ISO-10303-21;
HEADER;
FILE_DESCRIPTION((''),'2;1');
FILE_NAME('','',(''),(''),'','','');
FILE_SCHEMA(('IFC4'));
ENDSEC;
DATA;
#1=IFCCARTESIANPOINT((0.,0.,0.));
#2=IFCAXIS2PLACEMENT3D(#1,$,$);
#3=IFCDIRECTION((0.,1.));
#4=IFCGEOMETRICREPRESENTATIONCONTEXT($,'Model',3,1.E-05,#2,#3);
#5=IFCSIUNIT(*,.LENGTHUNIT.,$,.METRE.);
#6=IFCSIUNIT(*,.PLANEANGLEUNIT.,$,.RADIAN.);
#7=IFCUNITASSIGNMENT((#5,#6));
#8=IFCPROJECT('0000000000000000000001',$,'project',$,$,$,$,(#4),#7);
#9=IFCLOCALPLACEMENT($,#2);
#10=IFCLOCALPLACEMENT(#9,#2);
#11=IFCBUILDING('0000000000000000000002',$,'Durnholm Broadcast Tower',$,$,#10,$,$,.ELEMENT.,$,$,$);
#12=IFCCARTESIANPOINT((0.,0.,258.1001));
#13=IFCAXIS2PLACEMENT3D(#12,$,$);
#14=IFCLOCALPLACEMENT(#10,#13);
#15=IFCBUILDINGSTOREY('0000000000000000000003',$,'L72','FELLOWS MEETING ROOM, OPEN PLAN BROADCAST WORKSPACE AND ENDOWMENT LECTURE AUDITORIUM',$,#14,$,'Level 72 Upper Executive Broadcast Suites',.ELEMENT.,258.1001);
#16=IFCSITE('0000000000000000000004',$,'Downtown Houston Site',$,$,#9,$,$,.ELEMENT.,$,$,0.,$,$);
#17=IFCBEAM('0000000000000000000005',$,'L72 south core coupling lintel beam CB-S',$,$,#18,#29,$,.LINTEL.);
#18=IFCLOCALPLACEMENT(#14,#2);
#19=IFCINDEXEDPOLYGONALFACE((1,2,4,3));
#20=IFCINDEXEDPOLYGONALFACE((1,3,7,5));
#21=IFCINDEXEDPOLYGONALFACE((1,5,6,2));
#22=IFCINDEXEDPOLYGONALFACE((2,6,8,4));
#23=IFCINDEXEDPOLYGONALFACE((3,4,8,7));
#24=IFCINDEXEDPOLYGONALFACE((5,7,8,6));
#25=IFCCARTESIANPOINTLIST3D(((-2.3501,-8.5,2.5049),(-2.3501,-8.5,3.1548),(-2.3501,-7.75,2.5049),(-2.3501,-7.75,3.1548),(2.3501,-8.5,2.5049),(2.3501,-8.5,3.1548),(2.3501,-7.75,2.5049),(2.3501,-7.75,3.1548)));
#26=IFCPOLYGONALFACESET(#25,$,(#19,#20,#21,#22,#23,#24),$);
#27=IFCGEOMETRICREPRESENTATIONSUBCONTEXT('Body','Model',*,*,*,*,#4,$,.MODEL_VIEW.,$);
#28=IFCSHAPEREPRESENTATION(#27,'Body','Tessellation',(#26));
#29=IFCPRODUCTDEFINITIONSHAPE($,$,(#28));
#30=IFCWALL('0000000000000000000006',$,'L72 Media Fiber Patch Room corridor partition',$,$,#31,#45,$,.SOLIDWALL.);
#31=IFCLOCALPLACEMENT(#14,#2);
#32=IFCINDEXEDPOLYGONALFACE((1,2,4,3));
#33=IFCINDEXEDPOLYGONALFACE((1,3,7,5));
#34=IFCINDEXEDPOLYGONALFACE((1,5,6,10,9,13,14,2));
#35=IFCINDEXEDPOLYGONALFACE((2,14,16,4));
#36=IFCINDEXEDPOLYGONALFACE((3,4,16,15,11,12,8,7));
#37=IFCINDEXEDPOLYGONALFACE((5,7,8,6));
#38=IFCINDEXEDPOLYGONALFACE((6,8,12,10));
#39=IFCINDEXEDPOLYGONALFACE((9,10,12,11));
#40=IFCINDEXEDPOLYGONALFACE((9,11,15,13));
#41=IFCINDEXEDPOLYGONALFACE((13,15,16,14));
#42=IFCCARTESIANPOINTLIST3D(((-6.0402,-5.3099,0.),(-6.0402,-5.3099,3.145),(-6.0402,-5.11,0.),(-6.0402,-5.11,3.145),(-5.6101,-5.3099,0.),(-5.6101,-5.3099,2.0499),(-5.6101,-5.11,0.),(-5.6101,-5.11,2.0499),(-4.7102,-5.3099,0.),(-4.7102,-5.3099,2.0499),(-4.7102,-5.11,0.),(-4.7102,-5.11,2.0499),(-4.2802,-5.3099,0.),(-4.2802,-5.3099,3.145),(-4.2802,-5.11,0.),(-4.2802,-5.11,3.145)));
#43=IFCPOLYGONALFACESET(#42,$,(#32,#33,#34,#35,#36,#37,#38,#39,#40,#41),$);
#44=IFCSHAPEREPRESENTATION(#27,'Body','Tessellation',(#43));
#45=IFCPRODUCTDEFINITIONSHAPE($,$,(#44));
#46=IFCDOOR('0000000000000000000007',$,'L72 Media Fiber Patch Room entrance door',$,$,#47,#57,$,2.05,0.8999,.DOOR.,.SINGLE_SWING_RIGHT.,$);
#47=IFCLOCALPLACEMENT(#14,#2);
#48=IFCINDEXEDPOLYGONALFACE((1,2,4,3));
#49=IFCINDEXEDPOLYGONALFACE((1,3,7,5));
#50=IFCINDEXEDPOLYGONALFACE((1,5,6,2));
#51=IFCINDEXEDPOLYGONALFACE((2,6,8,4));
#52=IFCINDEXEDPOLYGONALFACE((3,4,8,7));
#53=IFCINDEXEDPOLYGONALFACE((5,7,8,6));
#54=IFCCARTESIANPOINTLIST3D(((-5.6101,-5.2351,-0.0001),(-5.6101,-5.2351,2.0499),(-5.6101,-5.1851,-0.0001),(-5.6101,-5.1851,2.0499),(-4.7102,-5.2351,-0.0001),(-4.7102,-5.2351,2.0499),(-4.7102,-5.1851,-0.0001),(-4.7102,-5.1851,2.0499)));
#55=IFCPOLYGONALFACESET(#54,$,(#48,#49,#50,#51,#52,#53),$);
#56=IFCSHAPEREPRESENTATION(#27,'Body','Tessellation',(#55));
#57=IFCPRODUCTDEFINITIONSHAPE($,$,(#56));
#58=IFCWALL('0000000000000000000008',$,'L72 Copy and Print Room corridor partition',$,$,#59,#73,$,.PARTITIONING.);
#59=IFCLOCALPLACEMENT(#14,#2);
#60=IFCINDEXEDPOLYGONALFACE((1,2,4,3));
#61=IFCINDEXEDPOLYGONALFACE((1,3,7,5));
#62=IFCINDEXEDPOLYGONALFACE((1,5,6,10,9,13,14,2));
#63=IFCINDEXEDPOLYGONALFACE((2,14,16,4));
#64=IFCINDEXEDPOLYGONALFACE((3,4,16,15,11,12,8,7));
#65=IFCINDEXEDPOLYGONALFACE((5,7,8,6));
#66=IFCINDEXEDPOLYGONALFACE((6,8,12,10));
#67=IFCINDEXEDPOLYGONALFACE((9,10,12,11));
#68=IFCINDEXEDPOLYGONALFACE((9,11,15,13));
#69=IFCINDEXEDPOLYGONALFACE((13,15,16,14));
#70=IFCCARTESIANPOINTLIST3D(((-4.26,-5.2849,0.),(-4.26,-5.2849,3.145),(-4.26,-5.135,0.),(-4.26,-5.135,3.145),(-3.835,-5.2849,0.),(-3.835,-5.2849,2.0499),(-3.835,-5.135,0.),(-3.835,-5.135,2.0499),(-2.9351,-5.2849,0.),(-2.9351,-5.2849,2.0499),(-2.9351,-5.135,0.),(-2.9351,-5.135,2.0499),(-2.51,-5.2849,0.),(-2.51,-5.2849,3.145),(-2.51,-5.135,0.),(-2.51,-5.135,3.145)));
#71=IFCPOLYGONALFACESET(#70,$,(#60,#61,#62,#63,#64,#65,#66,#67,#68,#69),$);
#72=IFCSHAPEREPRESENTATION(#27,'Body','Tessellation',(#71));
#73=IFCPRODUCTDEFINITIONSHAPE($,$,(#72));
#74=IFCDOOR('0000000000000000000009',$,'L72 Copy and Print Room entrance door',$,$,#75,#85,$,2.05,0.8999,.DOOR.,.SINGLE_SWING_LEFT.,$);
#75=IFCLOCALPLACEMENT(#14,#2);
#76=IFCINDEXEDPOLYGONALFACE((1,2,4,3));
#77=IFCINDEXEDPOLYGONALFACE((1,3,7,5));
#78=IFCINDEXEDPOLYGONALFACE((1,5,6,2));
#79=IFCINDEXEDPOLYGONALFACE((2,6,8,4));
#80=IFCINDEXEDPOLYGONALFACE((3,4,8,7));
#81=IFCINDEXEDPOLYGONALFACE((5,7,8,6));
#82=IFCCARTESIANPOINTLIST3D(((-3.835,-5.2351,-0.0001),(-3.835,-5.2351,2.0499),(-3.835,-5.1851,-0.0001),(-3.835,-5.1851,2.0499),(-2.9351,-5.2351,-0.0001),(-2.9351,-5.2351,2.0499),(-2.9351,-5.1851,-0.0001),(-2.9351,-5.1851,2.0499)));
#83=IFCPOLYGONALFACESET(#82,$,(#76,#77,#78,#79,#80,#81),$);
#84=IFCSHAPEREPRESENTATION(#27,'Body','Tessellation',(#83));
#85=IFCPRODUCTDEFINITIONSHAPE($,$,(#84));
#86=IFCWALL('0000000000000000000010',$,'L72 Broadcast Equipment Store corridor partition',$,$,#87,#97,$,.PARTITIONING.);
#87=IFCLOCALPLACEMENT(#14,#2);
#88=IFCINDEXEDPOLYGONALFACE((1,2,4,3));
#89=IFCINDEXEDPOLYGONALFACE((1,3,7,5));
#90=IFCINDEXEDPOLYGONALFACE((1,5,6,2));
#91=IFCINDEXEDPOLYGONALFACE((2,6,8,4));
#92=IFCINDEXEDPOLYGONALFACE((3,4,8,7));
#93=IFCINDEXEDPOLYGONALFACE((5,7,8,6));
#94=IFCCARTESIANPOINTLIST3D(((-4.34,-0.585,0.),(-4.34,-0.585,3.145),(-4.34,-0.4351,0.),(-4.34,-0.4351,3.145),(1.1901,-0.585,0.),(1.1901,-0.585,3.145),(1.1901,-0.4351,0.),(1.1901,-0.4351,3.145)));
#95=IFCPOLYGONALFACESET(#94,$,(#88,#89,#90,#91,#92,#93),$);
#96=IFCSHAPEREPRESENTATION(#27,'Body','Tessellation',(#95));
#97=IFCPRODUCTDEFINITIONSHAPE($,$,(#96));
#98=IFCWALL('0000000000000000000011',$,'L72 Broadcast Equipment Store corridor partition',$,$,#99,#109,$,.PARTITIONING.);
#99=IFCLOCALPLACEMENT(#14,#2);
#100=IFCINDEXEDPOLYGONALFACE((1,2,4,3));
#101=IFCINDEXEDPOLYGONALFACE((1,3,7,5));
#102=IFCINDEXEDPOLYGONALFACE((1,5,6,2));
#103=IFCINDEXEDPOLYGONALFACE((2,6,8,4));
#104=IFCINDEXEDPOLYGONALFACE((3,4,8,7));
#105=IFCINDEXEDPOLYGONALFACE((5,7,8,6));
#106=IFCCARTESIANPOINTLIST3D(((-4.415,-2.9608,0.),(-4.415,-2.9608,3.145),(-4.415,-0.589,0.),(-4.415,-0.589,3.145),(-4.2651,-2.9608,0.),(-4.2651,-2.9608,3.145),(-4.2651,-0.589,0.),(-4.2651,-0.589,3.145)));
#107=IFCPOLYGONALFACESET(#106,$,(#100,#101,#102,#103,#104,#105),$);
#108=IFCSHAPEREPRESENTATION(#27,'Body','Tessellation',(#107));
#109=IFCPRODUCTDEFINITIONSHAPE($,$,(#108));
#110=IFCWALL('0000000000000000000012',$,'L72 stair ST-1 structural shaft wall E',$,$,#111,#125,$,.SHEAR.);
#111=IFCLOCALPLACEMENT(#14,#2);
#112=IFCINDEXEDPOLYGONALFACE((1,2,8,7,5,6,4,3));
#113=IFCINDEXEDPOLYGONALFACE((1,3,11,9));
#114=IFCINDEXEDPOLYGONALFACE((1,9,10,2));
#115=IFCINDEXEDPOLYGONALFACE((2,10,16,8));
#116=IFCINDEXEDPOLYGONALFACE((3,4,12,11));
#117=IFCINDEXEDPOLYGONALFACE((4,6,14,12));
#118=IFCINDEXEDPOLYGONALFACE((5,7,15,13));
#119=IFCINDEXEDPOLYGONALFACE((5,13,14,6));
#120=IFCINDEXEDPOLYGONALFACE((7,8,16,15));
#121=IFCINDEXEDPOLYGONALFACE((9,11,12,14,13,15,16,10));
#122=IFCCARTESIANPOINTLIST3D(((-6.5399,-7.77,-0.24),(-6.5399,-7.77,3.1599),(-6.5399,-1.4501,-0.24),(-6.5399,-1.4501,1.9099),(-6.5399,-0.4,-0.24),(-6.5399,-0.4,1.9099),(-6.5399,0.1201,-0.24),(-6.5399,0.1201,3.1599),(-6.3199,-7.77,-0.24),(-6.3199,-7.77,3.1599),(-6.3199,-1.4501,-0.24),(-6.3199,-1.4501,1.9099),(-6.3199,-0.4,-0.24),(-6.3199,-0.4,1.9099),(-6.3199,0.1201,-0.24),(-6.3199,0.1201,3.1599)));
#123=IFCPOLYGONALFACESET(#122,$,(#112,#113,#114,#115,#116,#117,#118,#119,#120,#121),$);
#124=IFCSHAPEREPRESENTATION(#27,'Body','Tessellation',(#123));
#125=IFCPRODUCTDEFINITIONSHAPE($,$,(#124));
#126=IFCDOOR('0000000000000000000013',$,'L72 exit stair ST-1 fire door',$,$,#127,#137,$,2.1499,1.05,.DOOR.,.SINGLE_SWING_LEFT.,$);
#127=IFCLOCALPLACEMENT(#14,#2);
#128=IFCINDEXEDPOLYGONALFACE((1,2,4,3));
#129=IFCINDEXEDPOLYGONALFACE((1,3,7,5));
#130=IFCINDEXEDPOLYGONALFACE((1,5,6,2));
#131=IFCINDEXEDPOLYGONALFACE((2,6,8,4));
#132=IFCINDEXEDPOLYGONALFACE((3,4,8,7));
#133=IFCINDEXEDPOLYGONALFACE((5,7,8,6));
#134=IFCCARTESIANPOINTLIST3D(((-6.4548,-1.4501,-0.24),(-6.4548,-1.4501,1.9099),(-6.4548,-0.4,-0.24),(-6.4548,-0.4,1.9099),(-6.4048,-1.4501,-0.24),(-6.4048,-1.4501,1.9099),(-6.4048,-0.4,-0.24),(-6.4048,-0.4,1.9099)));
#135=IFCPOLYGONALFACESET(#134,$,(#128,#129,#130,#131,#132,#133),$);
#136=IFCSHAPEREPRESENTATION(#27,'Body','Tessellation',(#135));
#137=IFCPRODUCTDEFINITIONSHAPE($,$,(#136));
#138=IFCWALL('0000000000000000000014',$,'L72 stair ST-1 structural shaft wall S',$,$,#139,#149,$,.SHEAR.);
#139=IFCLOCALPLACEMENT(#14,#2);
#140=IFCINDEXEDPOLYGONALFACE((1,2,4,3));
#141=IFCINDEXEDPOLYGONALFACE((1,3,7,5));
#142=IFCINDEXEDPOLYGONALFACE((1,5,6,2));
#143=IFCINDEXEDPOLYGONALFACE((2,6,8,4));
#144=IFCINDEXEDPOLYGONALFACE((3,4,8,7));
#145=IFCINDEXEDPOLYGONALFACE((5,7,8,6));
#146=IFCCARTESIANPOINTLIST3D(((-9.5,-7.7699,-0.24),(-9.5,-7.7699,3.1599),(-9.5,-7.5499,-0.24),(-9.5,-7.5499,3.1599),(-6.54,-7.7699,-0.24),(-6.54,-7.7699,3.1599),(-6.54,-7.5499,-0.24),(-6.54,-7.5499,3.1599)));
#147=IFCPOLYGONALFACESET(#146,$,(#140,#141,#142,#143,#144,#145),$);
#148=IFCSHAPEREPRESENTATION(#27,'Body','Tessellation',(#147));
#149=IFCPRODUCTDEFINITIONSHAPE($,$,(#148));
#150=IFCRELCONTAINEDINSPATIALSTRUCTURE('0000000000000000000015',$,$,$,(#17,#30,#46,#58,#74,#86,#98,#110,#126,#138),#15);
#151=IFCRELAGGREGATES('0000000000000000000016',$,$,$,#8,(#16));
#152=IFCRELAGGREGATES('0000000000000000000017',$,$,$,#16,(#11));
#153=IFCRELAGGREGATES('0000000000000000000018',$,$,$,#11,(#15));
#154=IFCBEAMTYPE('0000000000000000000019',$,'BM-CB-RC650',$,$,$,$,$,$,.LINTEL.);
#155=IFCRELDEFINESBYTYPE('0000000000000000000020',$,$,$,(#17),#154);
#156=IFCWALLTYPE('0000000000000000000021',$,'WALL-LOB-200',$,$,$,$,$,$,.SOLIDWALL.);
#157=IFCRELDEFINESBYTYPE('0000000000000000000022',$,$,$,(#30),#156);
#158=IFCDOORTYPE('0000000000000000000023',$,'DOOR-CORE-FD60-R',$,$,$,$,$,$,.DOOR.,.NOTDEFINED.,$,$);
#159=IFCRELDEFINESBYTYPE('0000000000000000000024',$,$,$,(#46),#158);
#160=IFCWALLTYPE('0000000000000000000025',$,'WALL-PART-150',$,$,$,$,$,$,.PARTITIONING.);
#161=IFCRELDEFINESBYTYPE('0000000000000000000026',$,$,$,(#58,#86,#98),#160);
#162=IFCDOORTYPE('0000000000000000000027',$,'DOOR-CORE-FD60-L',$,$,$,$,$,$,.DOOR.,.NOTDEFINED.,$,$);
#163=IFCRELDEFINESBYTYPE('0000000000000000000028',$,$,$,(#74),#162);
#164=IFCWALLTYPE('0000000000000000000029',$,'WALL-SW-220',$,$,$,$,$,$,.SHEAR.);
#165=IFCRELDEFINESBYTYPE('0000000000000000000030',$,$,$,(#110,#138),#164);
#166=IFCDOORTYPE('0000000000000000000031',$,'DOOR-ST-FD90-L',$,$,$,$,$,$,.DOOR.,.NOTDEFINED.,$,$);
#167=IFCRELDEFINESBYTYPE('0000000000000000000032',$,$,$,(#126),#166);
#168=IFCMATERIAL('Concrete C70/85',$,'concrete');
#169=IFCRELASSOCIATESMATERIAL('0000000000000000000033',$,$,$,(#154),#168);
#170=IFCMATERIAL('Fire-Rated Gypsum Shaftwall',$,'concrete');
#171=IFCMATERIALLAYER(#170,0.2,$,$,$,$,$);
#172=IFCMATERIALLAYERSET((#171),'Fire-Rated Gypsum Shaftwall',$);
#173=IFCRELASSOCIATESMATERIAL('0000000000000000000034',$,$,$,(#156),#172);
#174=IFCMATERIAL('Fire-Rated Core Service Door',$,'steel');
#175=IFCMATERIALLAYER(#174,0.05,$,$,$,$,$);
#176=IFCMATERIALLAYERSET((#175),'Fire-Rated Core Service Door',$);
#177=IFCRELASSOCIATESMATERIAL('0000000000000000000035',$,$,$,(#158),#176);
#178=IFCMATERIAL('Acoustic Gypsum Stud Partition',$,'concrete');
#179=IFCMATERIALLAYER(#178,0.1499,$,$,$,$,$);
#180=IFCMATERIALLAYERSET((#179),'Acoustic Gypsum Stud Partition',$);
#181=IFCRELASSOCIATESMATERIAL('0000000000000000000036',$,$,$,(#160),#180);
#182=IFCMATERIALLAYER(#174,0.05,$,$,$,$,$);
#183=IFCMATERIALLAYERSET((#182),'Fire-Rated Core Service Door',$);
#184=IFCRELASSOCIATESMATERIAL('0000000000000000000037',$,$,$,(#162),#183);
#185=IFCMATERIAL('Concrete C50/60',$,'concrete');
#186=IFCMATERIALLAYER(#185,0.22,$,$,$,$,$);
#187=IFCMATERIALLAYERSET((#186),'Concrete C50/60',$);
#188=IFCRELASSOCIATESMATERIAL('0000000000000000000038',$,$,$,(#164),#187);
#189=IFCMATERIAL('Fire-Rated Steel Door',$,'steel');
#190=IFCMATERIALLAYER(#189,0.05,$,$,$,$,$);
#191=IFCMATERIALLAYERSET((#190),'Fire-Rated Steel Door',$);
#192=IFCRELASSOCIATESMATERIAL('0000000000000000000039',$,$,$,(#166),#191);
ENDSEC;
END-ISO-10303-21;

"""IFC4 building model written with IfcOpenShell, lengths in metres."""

from ifc_helpers import new_model, si_unit, direction, frame, frame_2d, origin, origin_2d, place, context, subcontext, project, spatial, rectangle, extrude, source, transform, mapped, material, layer, layer_set, material_profile, profile_set, type_object, type_shapes, element, fill, save


model = new_model("IFC4")

# Units and contexts
model_context = context("Model", 3, precision=1e-05, world=origin(), true_north=direction((0.0, 1.0)))
body_context = subcontext(model_context, "Body", "Model", "MODEL_VIEW")
ifc_project = project(units=[si_unit("LENGTHUNIT", "METRE"), si_unit("PLANEANGLEUNIT", "RADIAN")], contexts=[model_context])

# Site, building, storey
site_placement = place(None, origin())
site = spatial("IfcSite", under=ifc_project, at=site_placement, Name="Downtown Houston Site", CompositionType="ELEMENT", RefElevation=0.0)
building_placement = place(site_placement, origin())
building = spatial("IfcBuilding", under=site, at=building_placement, Name="Durnholm Broadcast Tower", CompositionType="ELEMENT")
storey_placement = place(building_placement, frame((0.0, 0.0, 258.1001)))
storey = spatial("IfcBuildingStorey", under=building, at=storey_placement, Name="L72", Description="FELLOWS MEETING ROOM, OPEN PLAN BROADCAST WORKSPACE AND ENDOWMENT LECTURE AUDITORIUM", LongName="Level 72 Upper Executive Broadcast Suites", CompositionType="ELEMENT", Elevation=258.1001)

# Beam
ifc_material_1 = material(Name="Concrete C70/85", Category="concrete")
ifc_material_profile = material_profile(ifc_material_1, rectangle(XDim=0.75, YDim=0.6499, at=origin_2d()), Name="RC750X650")
ifc_profile_set = profile_set([ifc_material_profile], Name="Concrete C70/85")
beam_type = type_object("IfcBeamType", Name="BM-CB-RC650", PredefinedType="LINTEL", material=ifc_profile_set)
shared_shape_1 = source(origin(), body_context, "Body", "SweptSolid", [
    extrude(rectangle(XDim=0.75, YDim=0.6499, at=origin_2d()), origin(), (0.0, 0.0, 1.0), 4.7002),
])
type_shapes(beam_type, [shared_shape_1])
beam_placement = place(storey_placement, frame((-2.3501, -8.125, 2.8298), z_axis=(1.0, 0.0, 0.0), x_axis=(0.0, 1.0, 0.0)))
element("IfcBeam", 1, at=beam_placement, inside=storey, type_object=beam_type, Name="L72 south core coupling lintel beam CB-S", PredefinedType="LINTEL", context=body_context, shape_type="MappedRepresentation", body=[
    mapped(shared_shape_1, transform((0.0, 0.0, 0.0), x_axis=(1.0, 0.0, 0.0), y_axis=(0.0, 1.0, 0.0), z_axis=(0.0, 0.0, 1.0), scale=1.0)),
])

# Walls, openings, doors
ifc_material_2 = material(Name="Fire-Rated Gypsum Shaftwall", Category="concrete")
ifc_layer_1 = layer(ifc_material_2, 0.2)
ifc_layer_set_1 = layer_set([ifc_layer_1], Name="Fire-Rated Gypsum Shaftwall")
wall_type_1 = type_object("IfcWallType", Name="WALL-LOB-200", PredefinedType="SOLIDWALL", material=ifc_layer_set_1)
wall_1_placement = place(storey_placement, frame((-6.04, -5.21, 0.0), z_axis=(0.0, 0.0, 1.0), x_axis=(1.0, 0.0, 0.0)))
wall_1 = element("IfcWall", 2, at=wall_1_placement, inside=storey, type_object=wall_type_1, Name="L72 Media Fiber Patch Room corridor partition", PredefinedType="SOLIDWALL", context=body_context, shape_type="SweptSolid", body=[
    extrude(rectangle(XDim=1.76, YDim=0.2, at=frame_2d((0.8799, 0.0))), origin(), (0.0, 0.0, 1.0), 3.145),
])
opening_1_placement = place(wall_1_placement, frame((0.4299, 0.0, 0.0)))
opening_1 = element("IfcOpeningElement", 3, at=opening_1_placement, cuts=wall_1, PredefinedType="OPENING", context=body_context, shape_type="SweptSolid", body=[
    extrude(rectangle(XDim=0.8999, YDim=2.05, at=frame_2d((0.45, 1.0249))), frame((0.0, 0.1099, 0.0), z_axis=(0.0, -1.0, 0.0), x_axis=(1.0, 0.0, 0.0)), (0.0, 0.0, 1.0), 0.22),
])
ifc_material_3 = material(Name="Fire-Rated Core Service Door", Category="steel")
ifc_layer_2 = layer(ifc_material_3, 0.05)
ifc_layer_set_2 = layer_set([ifc_layer_2], Name="Fire-Rated Core Service Door")
door_type_1 = type_object("IfcDoorType", Name="DOOR-CORE-FD60-R", OperationType="NOTDEFINED", PredefinedType="DOOR", material=ifc_layer_set_2)
shared_shape_2 = source(origin(), body_context, "Body", "SweptSolid", [
    extrude(rectangle(XDim=0.8999, YDim=2.05, at=frame_2d((0.45, 1.0249))), frame((0.0, 0.0249, 0.0), z_axis=(0.0, -1.0, 0.0), x_axis=(1.0, 0.0, 0.0)), (0.0, 0.0, 1.0), 0.05),
])
type_shapes(door_type_1, [shared_shape_2])
door_1_placement = place(opening_1_placement, origin())
door_1 = element("IfcDoor", 4, at=door_1_placement, inside=storey, type_object=door_type_1, Name="L72 Media Fiber Patch Room entrance door", OperationType="SINGLE_SWING_RIGHT", OverallHeight=2.05, OverallWidth=0.8999, PredefinedType="DOOR", context=body_context, shape_type="MappedRepresentation", body=[
    mapped(shared_shape_2, transform((0.0, 0.0, 0.0), x_axis=(1.0, 0.0, 0.0), y_axis=(0.0, 1.0, 0.0), z_axis=(0.0, 0.0, 1.0), scale=1.0)),
])
fill(opening_1, door_1)
ifc_material_4 = material(Name="Acoustic Gypsum Stud Partition", Category="concrete")
ifc_layer_3 = layer(ifc_material_4, 0.1499)
ifc_layer_set_3 = layer_set([ifc_layer_3], Name="Acoustic Gypsum Stud Partition")
wall_type_2 = type_object("IfcWallType", Name="WALL-PART-150", PredefinedType="PARTITIONING", material=ifc_layer_set_3)
wall_2_placement = place(storey_placement, frame((-4.26, -5.21, 0.0), z_axis=(0.0, 0.0, 1.0), x_axis=(1.0, 0.0, 0.0)))
wall_2 = element("IfcWall", 5, at=wall_2_placement, inside=storey, type_object=wall_type_2, Name="L72 Copy and Print Room corridor partition", PredefinedType="PARTITIONING", context=body_context, shape_type="SweptSolid", body=[
    extrude(rectangle(XDim=1.75, YDim=0.1499, at=frame_2d((0.875, 0.0))), origin(), (0.0, 0.0, 1.0), 3.145),
])
opening_2_placement = place(wall_2_placement, frame((0.425, 0.0, 0.0)))
opening_2 = element("IfcOpeningElement", 6, at=opening_2_placement, cuts=wall_2, PredefinedType="OPENING", context=body_context, shape_type="SweptSolid", body=[
    extrude(rectangle(XDim=0.8999, YDim=2.05, at=frame_2d((0.45, 1.0249))), frame((0.0, 0.085, 0.0), z_axis=(0.0, -1.0, 0.0), x_axis=(1.0, 0.0, 0.0)), (0.0, 0.0, 1.0), 0.1699),
])
ifc_layer_4 = layer(ifc_material_3, 0.05)
ifc_layer_set_4 = layer_set([ifc_layer_4], Name="Fire-Rated Core Service Door")
door_type_2 = type_object("IfcDoorType", Name="DOOR-CORE-FD60-L", OperationType="NOTDEFINED", PredefinedType="DOOR", material=ifc_layer_set_4)
shared_shape_3 = source(origin(), body_context, "Body", "SweptSolid", [
    extrude(rectangle(XDim=0.8999, YDim=2.05, at=frame_2d((0.45, 1.0249))), frame((0.0, 0.0249, 0.0), z_axis=(0.0, -1.0, 0.0), x_axis=(1.0, 0.0, 0.0)), (0.0, 0.0, 1.0), 0.05),
])
type_shapes(door_type_2, [shared_shape_3])
door_2_placement = place(opening_2_placement, origin())
door_2 = element("IfcDoor", 7, at=door_2_placement, inside=storey, type_object=door_type_2, Name="L72 Copy and Print Room entrance door", OperationType="SINGLE_SWING_LEFT", OverallHeight=2.05, OverallWidth=0.8999, PredefinedType="DOOR", context=body_context, shape_type="MappedRepresentation", body=[
    mapped(shared_shape_3, transform((0.0, 0.0, 0.0), x_axis=(1.0, 0.0, 0.0), y_axis=(0.0, 1.0, 0.0), z_axis=(0.0, 0.0, 1.0), scale=1.0)),
])
fill(opening_2, door_2)

# Walls
wall_3_placement = place(storey_placement, frame((-4.3401, -0.51, 0.0), z_axis=(0.0, 0.0, 1.0), x_axis=(1.0, 0.0, 0.0)))
element("IfcWall", 8, at=wall_3_placement, inside=storey, type_object=wall_type_2, Name="L72 Broadcast Equipment Store corridor partition", PredefinedType="PARTITIONING", context=body_context, shape_type="SweptSolid", body=[
    extrude(rectangle(XDim=5.53, YDim=0.1499, at=frame_2d((2.7651, 0.0))), origin(), (0.0, 0.0, 1.0), 3.145),
])
wall_4_placement = place(storey_placement, frame((-4.3401, -2.9609, 0.0), z_axis=(0.0, 0.0, 1.0), x_axis=(0.0, 1.0, 0.0)))
element("IfcWall", 9, at=wall_4_placement, inside=storey, type_object=wall_type_2, Name="L72 Broadcast Equipment Store corridor partition", PredefinedType="PARTITIONING", context=body_context, shape_type="SweptSolid", body=[
    extrude(rectangle(XDim=2.3718, YDim=0.1499, at=frame_2d((1.186, 0.0))), origin(), (0.0, 0.0, 1.0), 3.145),
])

# Wall, opening, door
ifc_material_5 = material(Name="Concrete C50/60", Category="concrete")
ifc_layer_5 = layer(ifc_material_5, 0.22)
ifc_layer_set_5 = layer_set([ifc_layer_5], Name="Concrete C50/60")
wall_type_3 = type_object("IfcWallType", Name="WALL-SW-220", PredefinedType="SHEAR", material=ifc_layer_set_5)
wall_5_placement = place(storey_placement, frame((-6.4299, -7.77, -0.24), z_axis=(0.0, 0.0, 1.0), x_axis=(0.0, 1.0, 0.0)))
wall_5 = element("IfcWall", 10, at=wall_5_placement, inside=storey, type_object=wall_type_3, Name="L72 stair ST-1 structural shaft wall E", PredefinedType="SHEAR", context=body_context, shape_type="SweptSolid", body=[
    extrude(rectangle(XDim=7.8901, YDim=0.22, at=frame_2d((3.9451, 0.0))), origin(), (0.0, 0.0, 1.0), 3.3999),
])
opening_3_placement = place(wall_5_placement, frame((6.3201, 0.0, 0.0)))
opening_3 = element("IfcOpeningElement", 11, at=opening_3_placement, cuts=wall_5, PredefinedType="OPENING", context=body_context, shape_type="SweptSolid", body=[
    extrude(rectangle(XDim=1.05, YDim=2.1499, at=frame_2d((0.5249, 1.075))), frame((0.0, 0.1201, 0.0), z_axis=(0.0, -1.0, 0.0), x_axis=(1.0, 0.0, 0.0)), (0.0, 0.0, 1.0), 0.24),
])
ifc_material_6 = material(Name="Fire-Rated Steel Door", Category="steel")
ifc_layer_6 = layer(ifc_material_6, 0.05)
ifc_layer_set_6 = layer_set([ifc_layer_6], Name="Fire-Rated Steel Door")
door_type_3 = type_object("IfcDoorType", Name="DOOR-ST-FD90-L", OperationType="NOTDEFINED", PredefinedType="DOOR", material=ifc_layer_set_6)
shared_shape_4 = source(origin(), body_context, "Body", "SweptSolid", [
    extrude(rectangle(XDim=1.05, YDim=2.1499, at=frame_2d((0.5249, 1.075))), frame((0.0, 0.0249, 0.0), z_axis=(0.0, -1.0, 0.0), x_axis=(1.0, 0.0, 0.0)), (0.0, 0.0, 1.0), 0.05),
])
type_shapes(door_type_3, [shared_shape_4])
door_3_placement = place(opening_3_placement, origin())
door_3 = element("IfcDoor", 12, at=door_3_placement, inside=storey, type_object=door_type_3, Name="L72 exit stair ST-1 fire door", OperationType="SINGLE_SWING_LEFT", OverallHeight=2.1499, OverallWidth=1.05, PredefinedType="DOOR", context=body_context, shape_type="MappedRepresentation", body=[
    mapped(shared_shape_4, transform((0.0, 0.0, 0.0), x_axis=(1.0, 0.0, 0.0), y_axis=(0.0, 1.0, 0.0), z_axis=(0.0, 0.0, 1.0), scale=1.0)),
])
fill(opening_3, door_3)

# Wall
wall_6_placement = place(storey_placement, frame((-9.5, -7.6599, -0.24), z_axis=(0.0, 0.0, 1.0), x_axis=(1.0, 0.0, 0.0)))
element("IfcWall", 13, at=wall_6_placement, inside=storey, type_object=wall_type_3, Name="L72 stair ST-1 structural shaft wall S", PredefinedType="SHEAR", context=body_context, shape_type="SweptSolid", body=[
    extrude(rectangle(XDim=2.96, YDim=0.22, at=frame_2d((1.48, 0.0))), origin(), (0.0, 0.0, 1.0), 3.3999),
])

save(model, "model.ifc")
